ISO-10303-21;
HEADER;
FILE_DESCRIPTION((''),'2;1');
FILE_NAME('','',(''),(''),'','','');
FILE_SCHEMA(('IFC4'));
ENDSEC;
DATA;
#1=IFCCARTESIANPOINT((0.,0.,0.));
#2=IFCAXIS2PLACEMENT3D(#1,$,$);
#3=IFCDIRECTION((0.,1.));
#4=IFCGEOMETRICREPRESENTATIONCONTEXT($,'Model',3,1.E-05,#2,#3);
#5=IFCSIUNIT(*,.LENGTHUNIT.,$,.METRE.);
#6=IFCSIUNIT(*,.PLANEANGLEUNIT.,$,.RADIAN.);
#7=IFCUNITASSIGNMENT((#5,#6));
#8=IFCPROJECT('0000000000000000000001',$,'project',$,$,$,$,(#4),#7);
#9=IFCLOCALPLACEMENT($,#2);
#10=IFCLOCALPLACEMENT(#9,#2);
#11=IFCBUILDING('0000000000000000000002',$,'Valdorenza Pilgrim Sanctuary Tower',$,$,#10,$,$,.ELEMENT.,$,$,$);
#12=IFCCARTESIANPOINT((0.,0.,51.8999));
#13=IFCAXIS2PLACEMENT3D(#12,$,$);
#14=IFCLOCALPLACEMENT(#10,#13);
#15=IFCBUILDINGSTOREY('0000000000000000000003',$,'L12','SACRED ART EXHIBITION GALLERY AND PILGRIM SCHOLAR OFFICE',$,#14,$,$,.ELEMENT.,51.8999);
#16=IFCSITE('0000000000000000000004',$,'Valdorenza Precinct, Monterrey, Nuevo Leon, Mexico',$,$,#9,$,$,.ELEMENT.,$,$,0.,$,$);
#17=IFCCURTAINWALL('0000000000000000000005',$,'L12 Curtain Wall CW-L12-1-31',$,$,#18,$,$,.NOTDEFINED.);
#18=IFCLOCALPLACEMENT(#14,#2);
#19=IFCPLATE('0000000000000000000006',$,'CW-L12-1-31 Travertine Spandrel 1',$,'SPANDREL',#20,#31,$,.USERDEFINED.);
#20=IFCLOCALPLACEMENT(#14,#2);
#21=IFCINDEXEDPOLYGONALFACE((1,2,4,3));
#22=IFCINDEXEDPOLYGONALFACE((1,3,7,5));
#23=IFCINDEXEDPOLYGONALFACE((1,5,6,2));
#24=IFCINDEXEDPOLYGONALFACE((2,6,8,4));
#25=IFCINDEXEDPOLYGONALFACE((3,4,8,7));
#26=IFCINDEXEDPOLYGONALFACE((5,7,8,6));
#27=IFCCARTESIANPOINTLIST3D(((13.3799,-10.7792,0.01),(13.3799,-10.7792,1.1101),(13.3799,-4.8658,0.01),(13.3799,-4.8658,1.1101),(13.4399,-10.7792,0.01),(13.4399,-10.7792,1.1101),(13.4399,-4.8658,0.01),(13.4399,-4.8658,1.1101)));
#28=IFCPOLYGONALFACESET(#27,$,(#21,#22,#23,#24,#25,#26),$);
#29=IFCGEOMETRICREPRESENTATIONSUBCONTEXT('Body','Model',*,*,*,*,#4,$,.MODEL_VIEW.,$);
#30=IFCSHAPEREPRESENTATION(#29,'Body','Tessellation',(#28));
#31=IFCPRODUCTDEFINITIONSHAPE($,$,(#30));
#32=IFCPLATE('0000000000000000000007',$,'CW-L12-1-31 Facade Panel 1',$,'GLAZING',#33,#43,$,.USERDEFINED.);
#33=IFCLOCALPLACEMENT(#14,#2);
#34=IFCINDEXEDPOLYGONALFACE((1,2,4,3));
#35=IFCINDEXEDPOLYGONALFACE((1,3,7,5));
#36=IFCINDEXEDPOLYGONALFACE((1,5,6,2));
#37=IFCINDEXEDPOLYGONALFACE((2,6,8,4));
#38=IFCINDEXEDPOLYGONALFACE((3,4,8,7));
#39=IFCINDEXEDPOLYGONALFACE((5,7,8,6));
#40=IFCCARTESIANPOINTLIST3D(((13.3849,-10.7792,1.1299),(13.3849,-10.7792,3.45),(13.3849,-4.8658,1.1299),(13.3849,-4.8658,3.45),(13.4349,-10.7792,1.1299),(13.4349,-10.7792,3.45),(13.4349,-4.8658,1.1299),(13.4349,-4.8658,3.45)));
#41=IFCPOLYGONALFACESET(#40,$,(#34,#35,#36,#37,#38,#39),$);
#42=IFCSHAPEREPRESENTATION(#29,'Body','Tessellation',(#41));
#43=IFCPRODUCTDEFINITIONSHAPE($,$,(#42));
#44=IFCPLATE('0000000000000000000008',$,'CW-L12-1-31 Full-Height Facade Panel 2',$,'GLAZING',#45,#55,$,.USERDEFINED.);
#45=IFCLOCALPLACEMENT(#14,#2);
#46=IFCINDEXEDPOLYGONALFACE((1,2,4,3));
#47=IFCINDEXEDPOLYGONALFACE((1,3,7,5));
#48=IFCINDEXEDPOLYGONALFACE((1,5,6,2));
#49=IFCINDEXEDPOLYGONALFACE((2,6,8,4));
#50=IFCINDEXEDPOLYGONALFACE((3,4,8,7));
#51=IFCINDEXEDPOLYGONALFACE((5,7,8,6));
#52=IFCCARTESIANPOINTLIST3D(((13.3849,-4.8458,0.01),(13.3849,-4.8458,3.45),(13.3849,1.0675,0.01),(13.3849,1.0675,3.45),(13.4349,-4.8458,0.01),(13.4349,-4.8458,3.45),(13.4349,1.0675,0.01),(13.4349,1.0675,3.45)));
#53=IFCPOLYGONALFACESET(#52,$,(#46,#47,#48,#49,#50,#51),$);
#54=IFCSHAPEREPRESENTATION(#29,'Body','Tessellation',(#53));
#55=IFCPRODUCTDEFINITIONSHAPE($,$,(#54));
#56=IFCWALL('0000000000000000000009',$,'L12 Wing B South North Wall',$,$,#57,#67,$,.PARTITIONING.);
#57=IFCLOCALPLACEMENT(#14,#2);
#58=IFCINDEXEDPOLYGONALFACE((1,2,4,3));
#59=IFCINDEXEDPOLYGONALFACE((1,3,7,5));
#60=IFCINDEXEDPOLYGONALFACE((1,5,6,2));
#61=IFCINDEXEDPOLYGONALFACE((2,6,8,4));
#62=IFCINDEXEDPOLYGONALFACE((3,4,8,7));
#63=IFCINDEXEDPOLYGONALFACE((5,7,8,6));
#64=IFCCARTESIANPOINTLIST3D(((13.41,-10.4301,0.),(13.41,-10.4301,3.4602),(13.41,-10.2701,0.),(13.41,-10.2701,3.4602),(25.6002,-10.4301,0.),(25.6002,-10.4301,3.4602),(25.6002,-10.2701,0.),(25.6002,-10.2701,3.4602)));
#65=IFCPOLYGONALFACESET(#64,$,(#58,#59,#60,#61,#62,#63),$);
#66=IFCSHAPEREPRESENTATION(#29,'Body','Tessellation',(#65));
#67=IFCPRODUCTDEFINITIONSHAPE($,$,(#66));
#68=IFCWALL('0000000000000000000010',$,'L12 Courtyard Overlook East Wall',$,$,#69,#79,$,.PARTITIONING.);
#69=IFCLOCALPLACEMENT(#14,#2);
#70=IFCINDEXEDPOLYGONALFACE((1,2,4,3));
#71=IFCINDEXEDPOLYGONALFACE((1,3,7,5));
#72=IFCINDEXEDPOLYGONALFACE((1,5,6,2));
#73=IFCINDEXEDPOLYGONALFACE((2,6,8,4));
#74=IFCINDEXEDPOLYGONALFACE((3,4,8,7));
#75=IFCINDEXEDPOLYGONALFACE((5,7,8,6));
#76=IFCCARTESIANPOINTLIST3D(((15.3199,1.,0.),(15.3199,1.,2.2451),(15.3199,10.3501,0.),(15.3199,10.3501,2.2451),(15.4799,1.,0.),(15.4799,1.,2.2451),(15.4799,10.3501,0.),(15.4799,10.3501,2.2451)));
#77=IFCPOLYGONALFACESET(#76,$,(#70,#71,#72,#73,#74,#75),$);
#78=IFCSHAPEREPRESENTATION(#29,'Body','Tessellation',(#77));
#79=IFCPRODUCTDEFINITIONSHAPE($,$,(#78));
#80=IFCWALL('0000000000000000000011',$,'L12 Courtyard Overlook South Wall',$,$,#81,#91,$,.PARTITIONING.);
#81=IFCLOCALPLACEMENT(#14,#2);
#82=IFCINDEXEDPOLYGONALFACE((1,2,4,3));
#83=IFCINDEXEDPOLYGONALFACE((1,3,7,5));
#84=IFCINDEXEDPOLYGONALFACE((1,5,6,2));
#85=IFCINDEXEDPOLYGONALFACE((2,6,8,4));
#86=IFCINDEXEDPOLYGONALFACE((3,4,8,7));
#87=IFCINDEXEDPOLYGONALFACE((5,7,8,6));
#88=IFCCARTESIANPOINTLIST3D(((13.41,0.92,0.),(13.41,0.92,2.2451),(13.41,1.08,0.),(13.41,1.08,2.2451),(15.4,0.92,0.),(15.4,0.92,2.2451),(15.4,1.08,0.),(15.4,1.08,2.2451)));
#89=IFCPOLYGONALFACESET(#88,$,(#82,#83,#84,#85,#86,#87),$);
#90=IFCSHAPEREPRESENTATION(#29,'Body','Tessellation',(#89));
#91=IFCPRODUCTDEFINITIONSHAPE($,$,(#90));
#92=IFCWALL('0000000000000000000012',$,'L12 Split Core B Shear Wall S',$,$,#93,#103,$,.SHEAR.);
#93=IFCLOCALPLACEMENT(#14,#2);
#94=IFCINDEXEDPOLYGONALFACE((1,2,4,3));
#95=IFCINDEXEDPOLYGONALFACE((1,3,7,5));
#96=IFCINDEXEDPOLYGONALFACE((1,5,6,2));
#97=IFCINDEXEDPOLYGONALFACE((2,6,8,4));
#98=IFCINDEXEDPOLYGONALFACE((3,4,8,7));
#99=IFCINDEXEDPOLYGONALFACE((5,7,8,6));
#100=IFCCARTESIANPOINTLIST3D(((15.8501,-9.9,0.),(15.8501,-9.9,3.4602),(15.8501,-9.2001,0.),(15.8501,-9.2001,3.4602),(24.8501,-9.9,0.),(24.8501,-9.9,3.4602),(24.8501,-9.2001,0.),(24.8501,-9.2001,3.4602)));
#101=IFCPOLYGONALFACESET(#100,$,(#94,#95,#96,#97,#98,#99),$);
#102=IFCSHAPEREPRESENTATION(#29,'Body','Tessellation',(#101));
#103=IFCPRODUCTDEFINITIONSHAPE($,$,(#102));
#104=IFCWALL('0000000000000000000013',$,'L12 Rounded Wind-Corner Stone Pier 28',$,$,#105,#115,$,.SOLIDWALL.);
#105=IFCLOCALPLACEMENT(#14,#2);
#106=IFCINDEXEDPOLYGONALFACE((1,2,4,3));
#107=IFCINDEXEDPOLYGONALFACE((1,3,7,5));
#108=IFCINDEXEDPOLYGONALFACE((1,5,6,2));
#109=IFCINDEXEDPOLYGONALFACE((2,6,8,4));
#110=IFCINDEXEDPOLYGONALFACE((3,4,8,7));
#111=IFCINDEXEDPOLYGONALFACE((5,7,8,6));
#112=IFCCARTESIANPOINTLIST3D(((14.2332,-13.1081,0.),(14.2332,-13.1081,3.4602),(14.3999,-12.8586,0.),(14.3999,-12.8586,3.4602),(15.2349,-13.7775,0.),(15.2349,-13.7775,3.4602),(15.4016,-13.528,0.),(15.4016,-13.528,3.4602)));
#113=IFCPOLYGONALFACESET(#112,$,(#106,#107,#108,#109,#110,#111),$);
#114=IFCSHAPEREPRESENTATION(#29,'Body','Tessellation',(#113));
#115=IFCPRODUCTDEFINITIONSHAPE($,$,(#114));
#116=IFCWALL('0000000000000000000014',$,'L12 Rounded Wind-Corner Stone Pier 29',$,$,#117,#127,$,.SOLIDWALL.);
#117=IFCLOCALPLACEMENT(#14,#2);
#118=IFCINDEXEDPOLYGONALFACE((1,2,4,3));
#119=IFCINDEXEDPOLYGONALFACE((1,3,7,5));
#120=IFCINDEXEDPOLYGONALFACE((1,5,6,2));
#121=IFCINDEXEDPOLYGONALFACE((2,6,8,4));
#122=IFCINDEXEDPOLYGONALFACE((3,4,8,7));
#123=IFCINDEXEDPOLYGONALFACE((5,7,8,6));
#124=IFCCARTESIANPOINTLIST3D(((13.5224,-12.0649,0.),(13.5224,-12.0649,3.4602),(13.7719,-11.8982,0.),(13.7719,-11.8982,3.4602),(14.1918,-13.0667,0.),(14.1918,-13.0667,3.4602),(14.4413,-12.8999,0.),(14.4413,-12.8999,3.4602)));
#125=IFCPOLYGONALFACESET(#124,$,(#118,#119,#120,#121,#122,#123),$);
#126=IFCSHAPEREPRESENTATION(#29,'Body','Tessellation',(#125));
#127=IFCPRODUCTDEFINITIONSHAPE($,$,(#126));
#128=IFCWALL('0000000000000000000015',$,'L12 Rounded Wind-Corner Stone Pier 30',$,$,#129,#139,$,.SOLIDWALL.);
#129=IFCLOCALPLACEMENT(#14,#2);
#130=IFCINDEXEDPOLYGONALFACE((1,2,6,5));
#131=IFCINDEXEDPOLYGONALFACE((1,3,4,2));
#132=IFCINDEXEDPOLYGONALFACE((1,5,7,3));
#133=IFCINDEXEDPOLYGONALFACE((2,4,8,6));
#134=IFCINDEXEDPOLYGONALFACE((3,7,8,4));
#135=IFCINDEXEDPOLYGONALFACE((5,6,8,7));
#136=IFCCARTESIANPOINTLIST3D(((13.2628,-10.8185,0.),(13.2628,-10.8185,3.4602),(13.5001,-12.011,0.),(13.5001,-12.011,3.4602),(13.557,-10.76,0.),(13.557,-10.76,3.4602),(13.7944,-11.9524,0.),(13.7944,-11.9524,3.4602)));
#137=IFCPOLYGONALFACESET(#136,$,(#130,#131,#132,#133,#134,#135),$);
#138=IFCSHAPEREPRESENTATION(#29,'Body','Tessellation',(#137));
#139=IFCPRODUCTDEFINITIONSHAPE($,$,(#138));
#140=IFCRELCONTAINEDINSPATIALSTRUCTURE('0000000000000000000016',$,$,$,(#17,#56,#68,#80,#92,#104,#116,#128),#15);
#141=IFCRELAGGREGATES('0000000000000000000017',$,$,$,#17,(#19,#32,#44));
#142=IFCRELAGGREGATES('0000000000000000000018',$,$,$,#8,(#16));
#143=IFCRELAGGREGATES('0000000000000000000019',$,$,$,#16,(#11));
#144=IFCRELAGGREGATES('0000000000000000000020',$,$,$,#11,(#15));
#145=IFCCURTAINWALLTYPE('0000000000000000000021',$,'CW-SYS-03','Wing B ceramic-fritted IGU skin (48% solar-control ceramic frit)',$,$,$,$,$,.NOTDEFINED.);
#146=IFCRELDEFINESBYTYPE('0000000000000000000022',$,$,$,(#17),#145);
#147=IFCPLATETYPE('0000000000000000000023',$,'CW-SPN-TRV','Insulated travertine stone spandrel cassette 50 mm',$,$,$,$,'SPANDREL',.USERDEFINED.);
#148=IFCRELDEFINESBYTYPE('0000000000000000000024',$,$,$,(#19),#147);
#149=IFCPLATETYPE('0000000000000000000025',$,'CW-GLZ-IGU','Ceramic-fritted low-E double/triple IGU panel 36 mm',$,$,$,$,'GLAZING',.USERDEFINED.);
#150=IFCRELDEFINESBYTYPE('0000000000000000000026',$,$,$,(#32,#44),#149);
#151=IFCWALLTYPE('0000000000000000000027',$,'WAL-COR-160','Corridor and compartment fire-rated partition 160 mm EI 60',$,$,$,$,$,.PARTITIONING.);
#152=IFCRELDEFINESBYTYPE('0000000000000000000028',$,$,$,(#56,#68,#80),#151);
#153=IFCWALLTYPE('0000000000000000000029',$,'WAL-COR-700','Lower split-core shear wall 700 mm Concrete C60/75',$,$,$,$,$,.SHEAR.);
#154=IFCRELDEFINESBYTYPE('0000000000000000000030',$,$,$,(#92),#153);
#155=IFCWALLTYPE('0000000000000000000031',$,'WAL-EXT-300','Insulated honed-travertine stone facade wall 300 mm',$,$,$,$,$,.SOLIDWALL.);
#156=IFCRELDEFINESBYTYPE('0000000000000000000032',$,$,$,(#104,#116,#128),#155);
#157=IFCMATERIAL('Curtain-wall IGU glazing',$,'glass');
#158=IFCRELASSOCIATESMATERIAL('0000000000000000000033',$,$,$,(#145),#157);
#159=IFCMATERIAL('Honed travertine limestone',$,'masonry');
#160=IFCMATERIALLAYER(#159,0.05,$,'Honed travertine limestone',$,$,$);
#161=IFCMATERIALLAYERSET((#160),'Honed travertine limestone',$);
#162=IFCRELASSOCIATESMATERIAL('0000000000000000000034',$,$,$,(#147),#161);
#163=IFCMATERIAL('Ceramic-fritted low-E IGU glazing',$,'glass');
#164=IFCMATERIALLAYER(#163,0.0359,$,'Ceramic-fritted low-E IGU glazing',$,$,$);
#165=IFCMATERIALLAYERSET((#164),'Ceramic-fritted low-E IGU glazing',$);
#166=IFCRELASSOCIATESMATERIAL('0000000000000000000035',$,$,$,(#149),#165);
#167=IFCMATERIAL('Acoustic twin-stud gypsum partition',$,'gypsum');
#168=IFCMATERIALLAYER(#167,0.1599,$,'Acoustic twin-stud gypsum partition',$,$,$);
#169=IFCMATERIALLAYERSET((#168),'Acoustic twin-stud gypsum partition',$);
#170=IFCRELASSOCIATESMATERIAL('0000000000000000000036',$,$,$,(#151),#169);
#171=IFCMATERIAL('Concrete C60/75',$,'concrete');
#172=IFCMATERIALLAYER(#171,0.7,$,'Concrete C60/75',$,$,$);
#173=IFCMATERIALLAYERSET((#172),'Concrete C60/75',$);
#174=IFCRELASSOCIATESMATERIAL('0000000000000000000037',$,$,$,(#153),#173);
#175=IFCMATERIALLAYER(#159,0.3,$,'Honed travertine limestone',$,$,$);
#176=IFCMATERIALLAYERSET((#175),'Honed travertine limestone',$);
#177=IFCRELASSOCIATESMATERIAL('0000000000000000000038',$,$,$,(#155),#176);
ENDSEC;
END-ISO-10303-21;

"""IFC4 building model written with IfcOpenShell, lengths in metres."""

from ifc_helpers import new_model, si_unit, direction, frame, frame_2d, origin, origin_2d, place, context, subcontext, project, spatial, rectangle, extrude, source, transform, mapped, material, layer, layer_set, type_object, element, aggregate, save


model = new_model("IFC4")

# Units and contexts
model_context = context("Model", 3, precision=1e-05, world=origin(), true_north=direction((0.0, 1.0)))
body_context = subcontext(model_context, "Body", "Model", "MODEL_VIEW")
ifc_project = project(units=[si_unit("LENGTHUNIT", "METRE"), si_unit("PLANEANGLEUNIT", "RADIAN")], contexts=[model_context])

# Site, building, storey
site_placement = place(None, origin())
site = spatial("IfcSite", under=ifc_project, at=site_placement, Name="Valdorenza Precinct, Monterrey, Nuevo Leon, Mexico", CompositionType="ELEMENT", RefElevation=0.0)
building_placement = place(site_placement, origin())
building = spatial("IfcBuilding", under=site, at=building_placement, Name="Valdorenza Pilgrim Sanctuary Tower", CompositionType="ELEMENT")
storey_placement = place(building_placement, frame((0.0, 0.0, 51.8999)))
storey = spatial("IfcBuildingStorey", under=building, at=storey_placement, Name="L12", Description="SACRED ART EXHIBITION GALLERY AND PILGRIM SCHOLAR OFFICE", CompositionType="ELEMENT", Elevation=51.8999)

# Shared definitions
ifc_material_1 = material(Name="Concrete C60/75", Category="concrete")

# Curtain wall, plates
ifc_material_2 = material(Name="Curtain-wall IGU glazing", Category="glass")
curtain_wall_type = type_object("IfcCurtainWallType", Name="CW-SYS-03", Description="Wing B ceramic-fritted IGU skin (48% solar-control ceramic frit)", PredefinedType="NOTDEFINED", material=ifc_material_2)
curtain_wall_placement = place(storey_placement, origin())
curtain_wall = element("IfcCurtainWall", 1, at=curtain_wall_placement, inside=storey, type_object=curtain_wall_type, Name="L12 Curtain Wall CW-L12-1-31", PredefinedType="NOTDEFINED")
ifc_material_3 = material(Name="Honed travertine limestone", Category="masonry")
ifc_layer_1 = layer(ifc_material_3, 0.05, Name="Honed travertine limestone")
ifc_layer_set_1 = layer_set([ifc_layer_1], Name="Honed travertine limestone")
plate_type_1 = type_object("IfcPlateType", Name="CW-SPN-TRV", Description="Insulated travertine stone spandrel cassette 50 mm", ElementType="SPANDREL", PredefinedType="USERDEFINED", material=ifc_layer_set_1)
shared_shape_1 = source(origin(), body_context, "Body", "SweptSolid", [
    extrude(rectangle(XDim=5.9133, YDim=0.0601, at=origin_2d()), origin(), (0.0, 0.0, 1.0), 1.1001),
])
plate_1_placement = place(storey_placement, frame((13.4099, -7.8225, 0.01), z_axis=(0.0, 0.0, 1.0), x_axis=(0.0, 1.0, 0.0)))
plate_1 = element("IfcPlate", 2, at=plate_1_placement, type_object=plate_type_1, Name="CW-L12-1-31 Travertine Spandrel 1", ObjectType="SPANDREL", PredefinedType="USERDEFINED", context=body_context, shape_type="MappedRepresentation", body=[
    mapped(shared_shape_1, transform((0.0, 0.0, 0.0), x_axis=(1.0, 0.0, 0.0), y_axis=(0.0, 1.0, 0.0), z_axis=(0.0, 0.0, 1.0), scale=1.0)),
])
ifc_material_4 = material(Name="Ceramic-fritted low-E IGU glazing", Category="glass")
ifc_layer_2 = layer(ifc_material_4, 0.0359, Name="Ceramic-fritted low-E IGU glazing")
ifc_layer_set_2 = layer_set([ifc_layer_2], Name="Ceramic-fritted low-E IGU glazing")
plate_type_2 = type_object("IfcPlateType", Name="CW-GLZ-IGU", Description="Ceramic-fritted low-E double/triple IGU panel 36 mm", ElementType="GLAZING", PredefinedType="USERDEFINED", material=ifc_layer_set_2)
shared_shape_2 = source(origin(), body_context, "Body", "SweptSolid", [
    extrude(rectangle(XDim=5.9133, YDim=0.05, at=origin_2d()), origin(), (0.0, 0.0, 1.0), 2.3201),
])
plate_2_placement = place(storey_placement, frame((13.4099, -7.8225, 1.1299), z_axis=(0.0, 0.0, 1.0), x_axis=(0.0, 1.0, 0.0)))
plate_2 = element("IfcPlate", 3, at=plate_2_placement, type_object=plate_type_2, Name="CW-L12-1-31 Facade Panel 1", ObjectType="GLAZING", PredefinedType="USERDEFINED", context=body_context, shape_type="MappedRepresentation", body=[
    mapped(shared_shape_2, transform((0.0, 0.0, 0.0), x_axis=(1.0, 0.0, 0.0), y_axis=(0.0, 1.0, 0.0), z_axis=(0.0, 0.0, 1.0), scale=1.0)),
])
shared_shape_3 = source(origin(), body_context, "Body", "SweptSolid", [
    extrude(rectangle(XDim=5.9133, YDim=0.05, at=origin_2d()), origin(), (0.0, 0.0, 1.0), 3.4399),
])
plate_3_placement = place(storey_placement, frame((13.4099, -1.8892, 0.01), z_axis=(0.0, 0.0, 1.0), x_axis=(0.0, 1.0, 0.0)))
plate_3 = element("IfcPlate", 4, at=plate_3_placement, type_object=plate_type_2, Name="CW-L12-1-31 Full-Height Facade Panel 2", ObjectType="GLAZING", PredefinedType="USERDEFINED", context=body_context, shape_type="MappedRepresentation", body=[
    mapped(shared_shape_3, transform((0.0, 0.0, 0.0), x_axis=(1.0, 0.0, 0.0), y_axis=(0.0, 1.0, 0.0), z_axis=(0.0, 0.0, 1.0), scale=1.0)),
])
aggregate(curtain_wall, [plate_1, plate_2, plate_3])

# Walls
ifc_material_5 = material(Name="Acoustic twin-stud gypsum partition", Category="gypsum")
ifc_layer_3 = layer(ifc_material_5, 0.1599, Name="Acoustic twin-stud gypsum partition")
ifc_layer_set_3 = layer_set([ifc_layer_3], Name="Acoustic twin-stud gypsum partition")
wall_type_1 = type_object("IfcWallType", Name="WAL-COR-160", Description="Corridor and compartment fire-rated partition 160 mm EI 60", PredefinedType="PARTITIONING", material=ifc_layer_set_3)
wall_1_placement = place(storey_placement, frame((13.4099, -10.3501, 0.0), z_axis=(0.0, 0.0, 1.0), x_axis=(1.0, 0.0, 0.0)))
element("IfcWall", 5, at=wall_1_placement, inside=storey, type_object=wall_type_1, Name="L12 Wing B South North Wall", PredefinedType="PARTITIONING", context=body_context, shape_type="SweptSolid", body=[
    extrude(rectangle(XDim=12.1902, YDim=0.1599, at=frame_2d((6.0952, 0.0))), origin(), (0.0, 0.0, 1.0), 3.4602),
])
wall_2_placement = place(storey_placement, frame((15.3999, 1.0, 0.0), z_axis=(0.0, 0.0, 1.0), x_axis=(0.0, 1.0, 0.0)))
element("IfcWall", 6, at=wall_2_placement, inside=storey, type_object=wall_type_1, Name="L12 Courtyard Overlook East Wall", PredefinedType="PARTITIONING", context=body_context, shape_type="SweptSolid", body=[
    extrude(rectangle(XDim=9.3501, YDim=0.1599, at=frame_2d((4.675, 0.0))), origin(), (0.0, 0.0, 1.0), 2.2451),
])
wall_3_placement = place(storey_placement, frame((13.4099, 1.0, 0.0), z_axis=(0.0, 0.0, 1.0), x_axis=(1.0, 0.0, 0.0)))
element("IfcWall", 7, at=wall_3_placement, inside=storey, type_object=wall_type_1, Name="L12 Courtyard Overlook South Wall", PredefinedType="PARTITIONING", context=body_context, shape_type="SweptSolid", body=[
    extrude(rectangle(XDim=1.99, YDim=0.1599, at=frame_2d((0.9951, 0.0))), origin(), (0.0, 0.0, 1.0), 2.2451),
])
ifc_layer_4 = layer(ifc_material_1, 0.7, Name="Concrete C60/75")
ifc_layer_set_4 = layer_set([ifc_layer_4], Name="Concrete C60/75")
wall_type_2 = type_object("IfcWallType", Name="WAL-COR-700", Description="Lower split-core shear wall 700 mm Concrete C60/75", PredefinedType="SHEAR", material=ifc_layer_set_4)
wall_4_placement = place(storey_placement, frame((15.8501, -9.55, 0.0), z_axis=(0.0, 0.0, 1.0), x_axis=(1.0, 0.0, 0.0)))
element("IfcWall", 8, at=wall_4_placement, inside=storey, type_object=wall_type_2, Name="L12 Split Core B Shear Wall S", PredefinedType="SHEAR", context=body_context, shape_type="SweptSolid", body=[
    extrude(rectangle(XDim=9.0, YDim=0.7, at=frame_2d((4.5, 0.0))), origin(), (0.0, 0.0, 1.0), 3.4602),
])
ifc_layer_5 = layer(ifc_material_3, 0.3, Name="Honed travertine limestone")
ifc_layer_set_5 = layer_set([ifc_layer_5], Name="Honed travertine limestone")
wall_type_3 = type_object("IfcWallType", Name="WAL-EXT-300", Description="Insulated honed-travertine stone facade wall 300 mm", PredefinedType="SOLIDWALL", material=ifc_layer_set_5)
for number, where, z_axis, x_axis, name in (
    (9, (15.3184, -13.6528, 0.0), (0.0, 0.0, 1.0), (-0.831426, 0.555635, 0.0), "L12 Rounded Wind-Corner Stone Pier 28"),
    (10, (14.3167, -12.9834, 0.0), (0.0, 0.0, 1.0), (-0.555635, 0.831426, 0.0), "L12 Rounded Wind-Corner Stone Pier 29"),
):
    element("IfcWall", number, at=place(storey_placement, frame(where, z_axis=z_axis, x_axis=x_axis)), inside=storey, type_object=wall_type_3, Name=name, PredefinedType="SOLIDWALL", context=body_context, shape_type="SweptSolid", body=[
        extrude(rectangle(XDim=1.2048, YDim=0.3, at=frame_2d((0.6025, 0.0))), origin(), (0.0, 0.0, 1.0), 3.4602),
    ])
wall_5_placement = place(storey_placement, frame((13.6472, -11.9817, 0.0), z_axis=(0.0, 0.0, 1.0), x_axis=(-0.195189, 0.980766, 0.0)))
element("IfcWall", 11, at=wall_5_placement, inside=storey, type_object=wall_type_3, Name="L12 Rounded Wind-Corner Stone Pier 30", PredefinedType="SOLIDWALL", context=body_context, shape_type="SweptSolid", body=[
    extrude(rectangle(XDim=1.2158, YDim=0.3, at=frame_2d((0.6079, 0.0))), origin(), (0.0, 0.0, 1.0), 3.4602),
])

save(model, "model.ifc")
